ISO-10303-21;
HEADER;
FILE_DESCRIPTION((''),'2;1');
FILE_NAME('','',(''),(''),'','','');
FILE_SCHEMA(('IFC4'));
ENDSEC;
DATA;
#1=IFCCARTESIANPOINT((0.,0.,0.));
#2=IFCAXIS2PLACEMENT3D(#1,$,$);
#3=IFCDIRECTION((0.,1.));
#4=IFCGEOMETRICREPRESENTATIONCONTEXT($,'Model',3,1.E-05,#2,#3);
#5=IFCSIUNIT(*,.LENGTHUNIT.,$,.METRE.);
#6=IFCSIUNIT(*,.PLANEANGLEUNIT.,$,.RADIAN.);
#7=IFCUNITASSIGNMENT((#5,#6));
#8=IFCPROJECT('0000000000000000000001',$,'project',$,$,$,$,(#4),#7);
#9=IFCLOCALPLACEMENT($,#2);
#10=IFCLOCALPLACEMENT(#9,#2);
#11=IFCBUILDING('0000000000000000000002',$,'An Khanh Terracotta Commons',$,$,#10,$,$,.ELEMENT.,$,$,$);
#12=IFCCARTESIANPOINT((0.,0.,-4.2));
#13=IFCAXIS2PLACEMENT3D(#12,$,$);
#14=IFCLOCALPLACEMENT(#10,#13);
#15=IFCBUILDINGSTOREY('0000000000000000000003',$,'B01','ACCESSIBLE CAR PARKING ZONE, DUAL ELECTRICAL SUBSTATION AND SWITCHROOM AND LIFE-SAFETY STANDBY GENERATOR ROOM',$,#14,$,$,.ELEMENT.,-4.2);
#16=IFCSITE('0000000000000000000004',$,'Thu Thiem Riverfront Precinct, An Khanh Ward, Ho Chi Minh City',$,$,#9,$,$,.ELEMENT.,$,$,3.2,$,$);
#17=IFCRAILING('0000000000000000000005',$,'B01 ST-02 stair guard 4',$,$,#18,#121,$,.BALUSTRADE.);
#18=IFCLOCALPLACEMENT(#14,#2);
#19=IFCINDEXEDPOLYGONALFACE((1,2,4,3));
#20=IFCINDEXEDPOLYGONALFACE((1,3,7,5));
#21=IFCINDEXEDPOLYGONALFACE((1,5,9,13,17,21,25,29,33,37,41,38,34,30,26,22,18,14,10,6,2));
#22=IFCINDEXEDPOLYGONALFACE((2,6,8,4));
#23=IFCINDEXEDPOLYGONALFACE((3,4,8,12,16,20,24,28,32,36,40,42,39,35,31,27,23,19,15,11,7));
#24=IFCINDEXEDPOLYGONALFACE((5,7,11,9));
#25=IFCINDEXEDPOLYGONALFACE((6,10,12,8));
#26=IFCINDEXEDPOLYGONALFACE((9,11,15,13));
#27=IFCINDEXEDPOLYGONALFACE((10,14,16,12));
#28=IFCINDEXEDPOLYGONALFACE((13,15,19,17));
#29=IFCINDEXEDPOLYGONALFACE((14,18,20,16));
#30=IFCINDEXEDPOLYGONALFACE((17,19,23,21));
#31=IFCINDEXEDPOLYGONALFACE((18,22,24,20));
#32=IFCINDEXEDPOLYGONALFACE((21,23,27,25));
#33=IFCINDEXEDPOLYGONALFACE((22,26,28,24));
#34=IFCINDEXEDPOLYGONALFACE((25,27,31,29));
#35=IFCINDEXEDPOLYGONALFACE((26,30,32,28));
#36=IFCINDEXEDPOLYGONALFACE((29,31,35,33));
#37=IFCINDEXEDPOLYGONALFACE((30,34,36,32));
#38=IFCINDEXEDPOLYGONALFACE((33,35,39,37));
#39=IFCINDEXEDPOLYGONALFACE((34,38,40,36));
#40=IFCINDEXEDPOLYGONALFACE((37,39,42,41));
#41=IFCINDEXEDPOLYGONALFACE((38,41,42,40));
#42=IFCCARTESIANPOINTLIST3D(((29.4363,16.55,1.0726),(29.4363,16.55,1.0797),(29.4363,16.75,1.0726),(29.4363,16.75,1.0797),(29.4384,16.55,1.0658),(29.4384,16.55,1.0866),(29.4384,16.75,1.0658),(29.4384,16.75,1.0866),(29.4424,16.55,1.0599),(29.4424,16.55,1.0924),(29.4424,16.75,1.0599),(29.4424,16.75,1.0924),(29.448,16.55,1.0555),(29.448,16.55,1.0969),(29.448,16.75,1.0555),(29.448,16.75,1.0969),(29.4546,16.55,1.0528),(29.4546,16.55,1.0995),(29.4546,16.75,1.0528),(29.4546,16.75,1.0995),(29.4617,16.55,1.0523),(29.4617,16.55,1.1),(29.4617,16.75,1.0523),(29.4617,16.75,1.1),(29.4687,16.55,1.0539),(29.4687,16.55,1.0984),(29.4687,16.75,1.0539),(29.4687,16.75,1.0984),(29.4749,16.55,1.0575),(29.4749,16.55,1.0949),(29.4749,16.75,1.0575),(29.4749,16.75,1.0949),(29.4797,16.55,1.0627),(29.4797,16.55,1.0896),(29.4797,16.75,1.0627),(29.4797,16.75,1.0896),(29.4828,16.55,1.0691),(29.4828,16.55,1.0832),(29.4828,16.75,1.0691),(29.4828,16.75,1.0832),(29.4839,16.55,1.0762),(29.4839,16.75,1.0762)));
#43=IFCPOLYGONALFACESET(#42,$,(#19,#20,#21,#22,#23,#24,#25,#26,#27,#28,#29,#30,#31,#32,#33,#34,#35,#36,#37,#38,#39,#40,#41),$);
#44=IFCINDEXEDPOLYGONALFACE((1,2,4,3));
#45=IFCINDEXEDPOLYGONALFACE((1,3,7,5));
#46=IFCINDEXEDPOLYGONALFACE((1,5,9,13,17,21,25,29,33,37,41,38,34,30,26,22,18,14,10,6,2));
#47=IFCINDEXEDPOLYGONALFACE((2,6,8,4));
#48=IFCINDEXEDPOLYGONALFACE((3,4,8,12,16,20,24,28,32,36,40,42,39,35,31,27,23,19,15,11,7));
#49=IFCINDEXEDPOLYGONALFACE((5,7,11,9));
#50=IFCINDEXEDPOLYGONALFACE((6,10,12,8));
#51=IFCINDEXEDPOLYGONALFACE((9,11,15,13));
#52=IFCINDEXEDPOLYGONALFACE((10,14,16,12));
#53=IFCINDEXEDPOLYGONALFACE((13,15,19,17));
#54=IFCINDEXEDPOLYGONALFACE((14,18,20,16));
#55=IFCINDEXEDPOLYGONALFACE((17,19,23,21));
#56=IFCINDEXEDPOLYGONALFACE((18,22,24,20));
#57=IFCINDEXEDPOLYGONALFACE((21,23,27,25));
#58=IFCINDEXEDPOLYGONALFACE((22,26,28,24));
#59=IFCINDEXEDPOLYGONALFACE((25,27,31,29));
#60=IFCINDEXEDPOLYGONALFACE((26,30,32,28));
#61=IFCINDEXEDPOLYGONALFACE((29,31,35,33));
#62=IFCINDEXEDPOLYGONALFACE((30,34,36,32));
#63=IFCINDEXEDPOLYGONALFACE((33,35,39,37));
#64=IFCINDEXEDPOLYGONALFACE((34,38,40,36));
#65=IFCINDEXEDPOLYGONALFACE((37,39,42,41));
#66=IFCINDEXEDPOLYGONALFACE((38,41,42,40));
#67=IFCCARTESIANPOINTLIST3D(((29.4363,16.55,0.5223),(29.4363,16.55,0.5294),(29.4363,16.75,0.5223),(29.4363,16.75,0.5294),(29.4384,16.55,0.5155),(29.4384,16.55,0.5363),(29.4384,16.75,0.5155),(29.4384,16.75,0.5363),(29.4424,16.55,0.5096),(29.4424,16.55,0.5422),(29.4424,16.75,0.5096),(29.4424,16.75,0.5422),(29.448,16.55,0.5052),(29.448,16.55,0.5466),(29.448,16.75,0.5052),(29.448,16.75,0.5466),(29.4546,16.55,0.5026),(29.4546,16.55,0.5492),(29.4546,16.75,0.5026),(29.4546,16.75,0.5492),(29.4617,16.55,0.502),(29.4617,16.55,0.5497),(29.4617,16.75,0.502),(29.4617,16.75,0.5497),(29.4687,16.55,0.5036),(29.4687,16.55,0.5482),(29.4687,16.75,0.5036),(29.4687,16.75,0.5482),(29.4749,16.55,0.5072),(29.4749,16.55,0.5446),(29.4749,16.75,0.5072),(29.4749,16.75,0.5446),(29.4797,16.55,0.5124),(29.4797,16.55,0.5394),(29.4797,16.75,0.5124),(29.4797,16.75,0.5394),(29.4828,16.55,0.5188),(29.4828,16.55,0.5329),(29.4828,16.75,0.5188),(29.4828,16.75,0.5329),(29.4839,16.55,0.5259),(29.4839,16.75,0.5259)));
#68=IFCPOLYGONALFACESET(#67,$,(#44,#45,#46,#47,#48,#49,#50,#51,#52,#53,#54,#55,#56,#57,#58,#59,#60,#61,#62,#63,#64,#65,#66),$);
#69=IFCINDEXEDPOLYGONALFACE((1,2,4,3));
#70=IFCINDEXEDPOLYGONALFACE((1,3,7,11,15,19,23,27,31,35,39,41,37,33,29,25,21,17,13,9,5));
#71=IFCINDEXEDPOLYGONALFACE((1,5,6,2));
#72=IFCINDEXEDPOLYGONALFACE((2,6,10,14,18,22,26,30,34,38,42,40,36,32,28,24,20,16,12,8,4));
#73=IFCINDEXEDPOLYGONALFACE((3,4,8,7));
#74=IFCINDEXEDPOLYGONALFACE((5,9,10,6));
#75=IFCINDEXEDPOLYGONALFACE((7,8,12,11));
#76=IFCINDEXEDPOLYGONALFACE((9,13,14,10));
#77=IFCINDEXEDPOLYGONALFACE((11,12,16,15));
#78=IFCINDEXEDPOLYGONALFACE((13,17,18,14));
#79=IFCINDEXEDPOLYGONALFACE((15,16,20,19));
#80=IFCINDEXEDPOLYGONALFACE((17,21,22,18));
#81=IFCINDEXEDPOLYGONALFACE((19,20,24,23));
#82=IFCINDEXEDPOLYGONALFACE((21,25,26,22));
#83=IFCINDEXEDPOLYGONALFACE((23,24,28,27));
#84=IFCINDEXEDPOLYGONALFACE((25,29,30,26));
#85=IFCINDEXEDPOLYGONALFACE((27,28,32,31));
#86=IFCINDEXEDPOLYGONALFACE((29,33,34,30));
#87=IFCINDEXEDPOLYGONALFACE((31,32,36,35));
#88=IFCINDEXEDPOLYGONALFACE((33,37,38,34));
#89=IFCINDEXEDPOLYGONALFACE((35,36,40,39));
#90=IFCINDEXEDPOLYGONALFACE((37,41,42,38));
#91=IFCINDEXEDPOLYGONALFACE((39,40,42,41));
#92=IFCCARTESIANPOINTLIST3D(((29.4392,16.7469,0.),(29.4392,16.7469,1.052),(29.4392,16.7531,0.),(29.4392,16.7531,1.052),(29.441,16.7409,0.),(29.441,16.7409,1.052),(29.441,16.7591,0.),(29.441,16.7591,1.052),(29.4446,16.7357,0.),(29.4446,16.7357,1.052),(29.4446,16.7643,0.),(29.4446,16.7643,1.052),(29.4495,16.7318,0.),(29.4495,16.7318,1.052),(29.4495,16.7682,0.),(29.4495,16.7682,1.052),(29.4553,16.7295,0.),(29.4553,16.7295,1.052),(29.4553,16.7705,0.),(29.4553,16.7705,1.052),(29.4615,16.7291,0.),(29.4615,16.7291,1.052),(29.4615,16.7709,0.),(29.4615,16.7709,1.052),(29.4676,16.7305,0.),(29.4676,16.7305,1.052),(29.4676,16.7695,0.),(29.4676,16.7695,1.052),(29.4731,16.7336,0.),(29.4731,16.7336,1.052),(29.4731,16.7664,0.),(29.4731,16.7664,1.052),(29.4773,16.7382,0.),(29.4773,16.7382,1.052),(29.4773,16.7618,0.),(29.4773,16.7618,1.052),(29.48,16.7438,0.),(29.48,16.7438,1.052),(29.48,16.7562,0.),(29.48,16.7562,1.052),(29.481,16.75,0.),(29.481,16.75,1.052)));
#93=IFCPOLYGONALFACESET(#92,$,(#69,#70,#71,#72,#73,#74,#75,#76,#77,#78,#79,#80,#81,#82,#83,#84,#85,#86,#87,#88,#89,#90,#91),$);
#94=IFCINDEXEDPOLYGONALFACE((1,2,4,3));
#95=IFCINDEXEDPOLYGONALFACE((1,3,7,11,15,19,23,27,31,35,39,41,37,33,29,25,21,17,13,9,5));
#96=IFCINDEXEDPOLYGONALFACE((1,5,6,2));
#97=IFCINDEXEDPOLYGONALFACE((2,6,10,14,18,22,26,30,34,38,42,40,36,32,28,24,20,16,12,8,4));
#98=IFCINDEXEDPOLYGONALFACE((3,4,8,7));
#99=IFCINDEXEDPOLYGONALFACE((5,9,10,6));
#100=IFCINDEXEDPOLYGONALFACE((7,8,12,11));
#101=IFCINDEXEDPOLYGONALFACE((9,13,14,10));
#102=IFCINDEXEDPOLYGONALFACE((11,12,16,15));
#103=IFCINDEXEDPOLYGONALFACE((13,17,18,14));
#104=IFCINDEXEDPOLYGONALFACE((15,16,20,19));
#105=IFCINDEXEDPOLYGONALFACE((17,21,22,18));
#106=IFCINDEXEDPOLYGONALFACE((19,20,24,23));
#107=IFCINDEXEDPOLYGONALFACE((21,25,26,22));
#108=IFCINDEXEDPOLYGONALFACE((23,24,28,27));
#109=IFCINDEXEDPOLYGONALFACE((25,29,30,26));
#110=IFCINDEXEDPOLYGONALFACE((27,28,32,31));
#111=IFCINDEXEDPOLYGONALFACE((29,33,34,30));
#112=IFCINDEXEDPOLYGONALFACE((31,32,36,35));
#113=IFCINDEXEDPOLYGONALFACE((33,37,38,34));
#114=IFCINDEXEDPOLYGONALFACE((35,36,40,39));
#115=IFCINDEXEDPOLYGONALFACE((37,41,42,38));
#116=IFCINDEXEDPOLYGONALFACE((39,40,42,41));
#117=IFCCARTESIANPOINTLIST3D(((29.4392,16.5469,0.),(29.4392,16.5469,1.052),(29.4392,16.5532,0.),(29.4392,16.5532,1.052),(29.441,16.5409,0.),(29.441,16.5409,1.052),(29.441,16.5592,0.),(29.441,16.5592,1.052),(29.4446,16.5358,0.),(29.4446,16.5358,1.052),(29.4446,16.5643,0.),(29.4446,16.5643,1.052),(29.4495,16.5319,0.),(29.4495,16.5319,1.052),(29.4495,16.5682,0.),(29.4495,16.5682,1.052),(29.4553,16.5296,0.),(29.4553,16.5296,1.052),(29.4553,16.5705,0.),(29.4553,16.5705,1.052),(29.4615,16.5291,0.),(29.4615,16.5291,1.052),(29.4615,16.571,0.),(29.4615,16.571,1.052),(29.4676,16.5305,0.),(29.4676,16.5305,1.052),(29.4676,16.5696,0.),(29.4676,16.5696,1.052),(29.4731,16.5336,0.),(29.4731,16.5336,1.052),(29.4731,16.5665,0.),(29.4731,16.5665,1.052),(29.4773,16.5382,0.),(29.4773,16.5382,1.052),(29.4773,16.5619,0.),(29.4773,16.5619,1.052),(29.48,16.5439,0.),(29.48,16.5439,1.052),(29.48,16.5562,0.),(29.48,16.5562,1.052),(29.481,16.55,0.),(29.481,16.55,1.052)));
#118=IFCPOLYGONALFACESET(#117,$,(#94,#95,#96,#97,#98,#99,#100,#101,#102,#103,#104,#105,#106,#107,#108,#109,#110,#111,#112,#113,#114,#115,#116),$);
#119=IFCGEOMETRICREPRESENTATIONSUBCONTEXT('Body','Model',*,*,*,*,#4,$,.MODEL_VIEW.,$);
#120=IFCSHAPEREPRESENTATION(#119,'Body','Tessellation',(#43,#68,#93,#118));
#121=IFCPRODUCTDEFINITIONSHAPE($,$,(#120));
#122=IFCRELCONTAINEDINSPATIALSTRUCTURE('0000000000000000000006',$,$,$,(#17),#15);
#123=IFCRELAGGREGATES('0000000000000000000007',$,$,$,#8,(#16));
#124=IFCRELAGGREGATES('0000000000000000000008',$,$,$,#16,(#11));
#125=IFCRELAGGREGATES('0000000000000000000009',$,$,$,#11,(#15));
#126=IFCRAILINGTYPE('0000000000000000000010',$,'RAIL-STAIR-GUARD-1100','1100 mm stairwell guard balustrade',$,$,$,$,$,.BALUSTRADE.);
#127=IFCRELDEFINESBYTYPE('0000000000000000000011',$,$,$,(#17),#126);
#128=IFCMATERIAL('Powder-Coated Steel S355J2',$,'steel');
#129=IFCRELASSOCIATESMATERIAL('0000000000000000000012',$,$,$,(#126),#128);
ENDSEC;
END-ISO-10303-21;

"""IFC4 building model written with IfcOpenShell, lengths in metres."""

from ifc_helpers import new_model, si_unit, direction, frame, origin, origin_2d, place, context, subcontext, project, spatial, circle, extrude, material, type_object, element, save


model = new_model("IFC4")

# Units and contexts
model_context = context("Model", 3, precision=1e-05, world=origin(), true_north=direction((0.0, 1.0)))
body_context = subcontext(model_context, "Body", "Model", "MODEL_VIEW")
ifc_project = project(units=[si_unit("LENGTHUNIT", "METRE"), si_unit("PLANEANGLEUNIT", "RADIAN")], contexts=[model_context])

# Site, building, storey
site_placement = place(None, origin())
site = spatial("IfcSite", under=ifc_project, at=site_placement, Name="Thu Thiem Riverfront Precinct, An Khanh Ward, Ho Chi Minh City", CompositionType="ELEMENT", RefElevation=3.2)
building_placement = place(site_placement, origin())
building = spatial("IfcBuilding", under=site, at=building_placement, Name="An Khanh Terracotta Commons", CompositionType="ELEMENT")
storey_placement = place(building_placement, frame((0.0, 0.0, -4.2)))
storey = spatial("IfcBuildingStorey", under=building, at=storey_placement, Name="B01", Description="ACCESSIBLE CAR PARKING ZONE, DUAL ELECTRICAL SUBSTATION AND SWITCHROOM AND LIFE-SAFETY STANDBY GENERATOR ROOM", CompositionType="ELEMENT", Elevation=-4.2)

# Railing
ifc_material_1 = material(Name="Powder-Coated Steel S355J2", Category="steel")
railing_type_1 = type_object("IfcRailingType", Name="RAIL-STAIR-GUARD-1100", Description="1100 mm stairwell guard balustrade", PredefinedType="BALUSTRADE", material=ifc_material_1)
railing_1_placement = place(storey_placement, frame((29.46, 16.75, 0.0)))
element("IfcRailing", 1, at=railing_1_placement, inside=storey, type_object=railing_type_1, Name="B01 ST-02 stair guard 4", PredefinedType="BALUSTRADE", context=body_context, shape_type="SweptSolid", body=[
    extrude(circle(Radius=0.0239, at=origin_2d()), frame((0.0, 0.0, 1.0762), z_axis=(0.0, -1.0, 0.0), x_axis=(1.0, 0.0, 0.0)), (0.0, 0.0, 1.0), 0.2),
    extrude(circle(Radius=0.0239, at=origin_2d()), frame((0.0, 0.0, 0.5259), z_axis=(0.0, -1.0, 0.0), x_axis=(1.0, 0.0, 0.0)), (0.0, 0.0, 1.0), 0.2),
    extrude(circle(Radius=0.021, at=origin_2d()), origin(), (0.0, 0.0, 1.0), 1.052),
    extrude(circle(Radius=0.021, at=origin_2d()), frame((0.0, -0.2, 0.0)), (0.0, 0.0, 1.0), 1.052),
])

save(model, "model.ifc")
